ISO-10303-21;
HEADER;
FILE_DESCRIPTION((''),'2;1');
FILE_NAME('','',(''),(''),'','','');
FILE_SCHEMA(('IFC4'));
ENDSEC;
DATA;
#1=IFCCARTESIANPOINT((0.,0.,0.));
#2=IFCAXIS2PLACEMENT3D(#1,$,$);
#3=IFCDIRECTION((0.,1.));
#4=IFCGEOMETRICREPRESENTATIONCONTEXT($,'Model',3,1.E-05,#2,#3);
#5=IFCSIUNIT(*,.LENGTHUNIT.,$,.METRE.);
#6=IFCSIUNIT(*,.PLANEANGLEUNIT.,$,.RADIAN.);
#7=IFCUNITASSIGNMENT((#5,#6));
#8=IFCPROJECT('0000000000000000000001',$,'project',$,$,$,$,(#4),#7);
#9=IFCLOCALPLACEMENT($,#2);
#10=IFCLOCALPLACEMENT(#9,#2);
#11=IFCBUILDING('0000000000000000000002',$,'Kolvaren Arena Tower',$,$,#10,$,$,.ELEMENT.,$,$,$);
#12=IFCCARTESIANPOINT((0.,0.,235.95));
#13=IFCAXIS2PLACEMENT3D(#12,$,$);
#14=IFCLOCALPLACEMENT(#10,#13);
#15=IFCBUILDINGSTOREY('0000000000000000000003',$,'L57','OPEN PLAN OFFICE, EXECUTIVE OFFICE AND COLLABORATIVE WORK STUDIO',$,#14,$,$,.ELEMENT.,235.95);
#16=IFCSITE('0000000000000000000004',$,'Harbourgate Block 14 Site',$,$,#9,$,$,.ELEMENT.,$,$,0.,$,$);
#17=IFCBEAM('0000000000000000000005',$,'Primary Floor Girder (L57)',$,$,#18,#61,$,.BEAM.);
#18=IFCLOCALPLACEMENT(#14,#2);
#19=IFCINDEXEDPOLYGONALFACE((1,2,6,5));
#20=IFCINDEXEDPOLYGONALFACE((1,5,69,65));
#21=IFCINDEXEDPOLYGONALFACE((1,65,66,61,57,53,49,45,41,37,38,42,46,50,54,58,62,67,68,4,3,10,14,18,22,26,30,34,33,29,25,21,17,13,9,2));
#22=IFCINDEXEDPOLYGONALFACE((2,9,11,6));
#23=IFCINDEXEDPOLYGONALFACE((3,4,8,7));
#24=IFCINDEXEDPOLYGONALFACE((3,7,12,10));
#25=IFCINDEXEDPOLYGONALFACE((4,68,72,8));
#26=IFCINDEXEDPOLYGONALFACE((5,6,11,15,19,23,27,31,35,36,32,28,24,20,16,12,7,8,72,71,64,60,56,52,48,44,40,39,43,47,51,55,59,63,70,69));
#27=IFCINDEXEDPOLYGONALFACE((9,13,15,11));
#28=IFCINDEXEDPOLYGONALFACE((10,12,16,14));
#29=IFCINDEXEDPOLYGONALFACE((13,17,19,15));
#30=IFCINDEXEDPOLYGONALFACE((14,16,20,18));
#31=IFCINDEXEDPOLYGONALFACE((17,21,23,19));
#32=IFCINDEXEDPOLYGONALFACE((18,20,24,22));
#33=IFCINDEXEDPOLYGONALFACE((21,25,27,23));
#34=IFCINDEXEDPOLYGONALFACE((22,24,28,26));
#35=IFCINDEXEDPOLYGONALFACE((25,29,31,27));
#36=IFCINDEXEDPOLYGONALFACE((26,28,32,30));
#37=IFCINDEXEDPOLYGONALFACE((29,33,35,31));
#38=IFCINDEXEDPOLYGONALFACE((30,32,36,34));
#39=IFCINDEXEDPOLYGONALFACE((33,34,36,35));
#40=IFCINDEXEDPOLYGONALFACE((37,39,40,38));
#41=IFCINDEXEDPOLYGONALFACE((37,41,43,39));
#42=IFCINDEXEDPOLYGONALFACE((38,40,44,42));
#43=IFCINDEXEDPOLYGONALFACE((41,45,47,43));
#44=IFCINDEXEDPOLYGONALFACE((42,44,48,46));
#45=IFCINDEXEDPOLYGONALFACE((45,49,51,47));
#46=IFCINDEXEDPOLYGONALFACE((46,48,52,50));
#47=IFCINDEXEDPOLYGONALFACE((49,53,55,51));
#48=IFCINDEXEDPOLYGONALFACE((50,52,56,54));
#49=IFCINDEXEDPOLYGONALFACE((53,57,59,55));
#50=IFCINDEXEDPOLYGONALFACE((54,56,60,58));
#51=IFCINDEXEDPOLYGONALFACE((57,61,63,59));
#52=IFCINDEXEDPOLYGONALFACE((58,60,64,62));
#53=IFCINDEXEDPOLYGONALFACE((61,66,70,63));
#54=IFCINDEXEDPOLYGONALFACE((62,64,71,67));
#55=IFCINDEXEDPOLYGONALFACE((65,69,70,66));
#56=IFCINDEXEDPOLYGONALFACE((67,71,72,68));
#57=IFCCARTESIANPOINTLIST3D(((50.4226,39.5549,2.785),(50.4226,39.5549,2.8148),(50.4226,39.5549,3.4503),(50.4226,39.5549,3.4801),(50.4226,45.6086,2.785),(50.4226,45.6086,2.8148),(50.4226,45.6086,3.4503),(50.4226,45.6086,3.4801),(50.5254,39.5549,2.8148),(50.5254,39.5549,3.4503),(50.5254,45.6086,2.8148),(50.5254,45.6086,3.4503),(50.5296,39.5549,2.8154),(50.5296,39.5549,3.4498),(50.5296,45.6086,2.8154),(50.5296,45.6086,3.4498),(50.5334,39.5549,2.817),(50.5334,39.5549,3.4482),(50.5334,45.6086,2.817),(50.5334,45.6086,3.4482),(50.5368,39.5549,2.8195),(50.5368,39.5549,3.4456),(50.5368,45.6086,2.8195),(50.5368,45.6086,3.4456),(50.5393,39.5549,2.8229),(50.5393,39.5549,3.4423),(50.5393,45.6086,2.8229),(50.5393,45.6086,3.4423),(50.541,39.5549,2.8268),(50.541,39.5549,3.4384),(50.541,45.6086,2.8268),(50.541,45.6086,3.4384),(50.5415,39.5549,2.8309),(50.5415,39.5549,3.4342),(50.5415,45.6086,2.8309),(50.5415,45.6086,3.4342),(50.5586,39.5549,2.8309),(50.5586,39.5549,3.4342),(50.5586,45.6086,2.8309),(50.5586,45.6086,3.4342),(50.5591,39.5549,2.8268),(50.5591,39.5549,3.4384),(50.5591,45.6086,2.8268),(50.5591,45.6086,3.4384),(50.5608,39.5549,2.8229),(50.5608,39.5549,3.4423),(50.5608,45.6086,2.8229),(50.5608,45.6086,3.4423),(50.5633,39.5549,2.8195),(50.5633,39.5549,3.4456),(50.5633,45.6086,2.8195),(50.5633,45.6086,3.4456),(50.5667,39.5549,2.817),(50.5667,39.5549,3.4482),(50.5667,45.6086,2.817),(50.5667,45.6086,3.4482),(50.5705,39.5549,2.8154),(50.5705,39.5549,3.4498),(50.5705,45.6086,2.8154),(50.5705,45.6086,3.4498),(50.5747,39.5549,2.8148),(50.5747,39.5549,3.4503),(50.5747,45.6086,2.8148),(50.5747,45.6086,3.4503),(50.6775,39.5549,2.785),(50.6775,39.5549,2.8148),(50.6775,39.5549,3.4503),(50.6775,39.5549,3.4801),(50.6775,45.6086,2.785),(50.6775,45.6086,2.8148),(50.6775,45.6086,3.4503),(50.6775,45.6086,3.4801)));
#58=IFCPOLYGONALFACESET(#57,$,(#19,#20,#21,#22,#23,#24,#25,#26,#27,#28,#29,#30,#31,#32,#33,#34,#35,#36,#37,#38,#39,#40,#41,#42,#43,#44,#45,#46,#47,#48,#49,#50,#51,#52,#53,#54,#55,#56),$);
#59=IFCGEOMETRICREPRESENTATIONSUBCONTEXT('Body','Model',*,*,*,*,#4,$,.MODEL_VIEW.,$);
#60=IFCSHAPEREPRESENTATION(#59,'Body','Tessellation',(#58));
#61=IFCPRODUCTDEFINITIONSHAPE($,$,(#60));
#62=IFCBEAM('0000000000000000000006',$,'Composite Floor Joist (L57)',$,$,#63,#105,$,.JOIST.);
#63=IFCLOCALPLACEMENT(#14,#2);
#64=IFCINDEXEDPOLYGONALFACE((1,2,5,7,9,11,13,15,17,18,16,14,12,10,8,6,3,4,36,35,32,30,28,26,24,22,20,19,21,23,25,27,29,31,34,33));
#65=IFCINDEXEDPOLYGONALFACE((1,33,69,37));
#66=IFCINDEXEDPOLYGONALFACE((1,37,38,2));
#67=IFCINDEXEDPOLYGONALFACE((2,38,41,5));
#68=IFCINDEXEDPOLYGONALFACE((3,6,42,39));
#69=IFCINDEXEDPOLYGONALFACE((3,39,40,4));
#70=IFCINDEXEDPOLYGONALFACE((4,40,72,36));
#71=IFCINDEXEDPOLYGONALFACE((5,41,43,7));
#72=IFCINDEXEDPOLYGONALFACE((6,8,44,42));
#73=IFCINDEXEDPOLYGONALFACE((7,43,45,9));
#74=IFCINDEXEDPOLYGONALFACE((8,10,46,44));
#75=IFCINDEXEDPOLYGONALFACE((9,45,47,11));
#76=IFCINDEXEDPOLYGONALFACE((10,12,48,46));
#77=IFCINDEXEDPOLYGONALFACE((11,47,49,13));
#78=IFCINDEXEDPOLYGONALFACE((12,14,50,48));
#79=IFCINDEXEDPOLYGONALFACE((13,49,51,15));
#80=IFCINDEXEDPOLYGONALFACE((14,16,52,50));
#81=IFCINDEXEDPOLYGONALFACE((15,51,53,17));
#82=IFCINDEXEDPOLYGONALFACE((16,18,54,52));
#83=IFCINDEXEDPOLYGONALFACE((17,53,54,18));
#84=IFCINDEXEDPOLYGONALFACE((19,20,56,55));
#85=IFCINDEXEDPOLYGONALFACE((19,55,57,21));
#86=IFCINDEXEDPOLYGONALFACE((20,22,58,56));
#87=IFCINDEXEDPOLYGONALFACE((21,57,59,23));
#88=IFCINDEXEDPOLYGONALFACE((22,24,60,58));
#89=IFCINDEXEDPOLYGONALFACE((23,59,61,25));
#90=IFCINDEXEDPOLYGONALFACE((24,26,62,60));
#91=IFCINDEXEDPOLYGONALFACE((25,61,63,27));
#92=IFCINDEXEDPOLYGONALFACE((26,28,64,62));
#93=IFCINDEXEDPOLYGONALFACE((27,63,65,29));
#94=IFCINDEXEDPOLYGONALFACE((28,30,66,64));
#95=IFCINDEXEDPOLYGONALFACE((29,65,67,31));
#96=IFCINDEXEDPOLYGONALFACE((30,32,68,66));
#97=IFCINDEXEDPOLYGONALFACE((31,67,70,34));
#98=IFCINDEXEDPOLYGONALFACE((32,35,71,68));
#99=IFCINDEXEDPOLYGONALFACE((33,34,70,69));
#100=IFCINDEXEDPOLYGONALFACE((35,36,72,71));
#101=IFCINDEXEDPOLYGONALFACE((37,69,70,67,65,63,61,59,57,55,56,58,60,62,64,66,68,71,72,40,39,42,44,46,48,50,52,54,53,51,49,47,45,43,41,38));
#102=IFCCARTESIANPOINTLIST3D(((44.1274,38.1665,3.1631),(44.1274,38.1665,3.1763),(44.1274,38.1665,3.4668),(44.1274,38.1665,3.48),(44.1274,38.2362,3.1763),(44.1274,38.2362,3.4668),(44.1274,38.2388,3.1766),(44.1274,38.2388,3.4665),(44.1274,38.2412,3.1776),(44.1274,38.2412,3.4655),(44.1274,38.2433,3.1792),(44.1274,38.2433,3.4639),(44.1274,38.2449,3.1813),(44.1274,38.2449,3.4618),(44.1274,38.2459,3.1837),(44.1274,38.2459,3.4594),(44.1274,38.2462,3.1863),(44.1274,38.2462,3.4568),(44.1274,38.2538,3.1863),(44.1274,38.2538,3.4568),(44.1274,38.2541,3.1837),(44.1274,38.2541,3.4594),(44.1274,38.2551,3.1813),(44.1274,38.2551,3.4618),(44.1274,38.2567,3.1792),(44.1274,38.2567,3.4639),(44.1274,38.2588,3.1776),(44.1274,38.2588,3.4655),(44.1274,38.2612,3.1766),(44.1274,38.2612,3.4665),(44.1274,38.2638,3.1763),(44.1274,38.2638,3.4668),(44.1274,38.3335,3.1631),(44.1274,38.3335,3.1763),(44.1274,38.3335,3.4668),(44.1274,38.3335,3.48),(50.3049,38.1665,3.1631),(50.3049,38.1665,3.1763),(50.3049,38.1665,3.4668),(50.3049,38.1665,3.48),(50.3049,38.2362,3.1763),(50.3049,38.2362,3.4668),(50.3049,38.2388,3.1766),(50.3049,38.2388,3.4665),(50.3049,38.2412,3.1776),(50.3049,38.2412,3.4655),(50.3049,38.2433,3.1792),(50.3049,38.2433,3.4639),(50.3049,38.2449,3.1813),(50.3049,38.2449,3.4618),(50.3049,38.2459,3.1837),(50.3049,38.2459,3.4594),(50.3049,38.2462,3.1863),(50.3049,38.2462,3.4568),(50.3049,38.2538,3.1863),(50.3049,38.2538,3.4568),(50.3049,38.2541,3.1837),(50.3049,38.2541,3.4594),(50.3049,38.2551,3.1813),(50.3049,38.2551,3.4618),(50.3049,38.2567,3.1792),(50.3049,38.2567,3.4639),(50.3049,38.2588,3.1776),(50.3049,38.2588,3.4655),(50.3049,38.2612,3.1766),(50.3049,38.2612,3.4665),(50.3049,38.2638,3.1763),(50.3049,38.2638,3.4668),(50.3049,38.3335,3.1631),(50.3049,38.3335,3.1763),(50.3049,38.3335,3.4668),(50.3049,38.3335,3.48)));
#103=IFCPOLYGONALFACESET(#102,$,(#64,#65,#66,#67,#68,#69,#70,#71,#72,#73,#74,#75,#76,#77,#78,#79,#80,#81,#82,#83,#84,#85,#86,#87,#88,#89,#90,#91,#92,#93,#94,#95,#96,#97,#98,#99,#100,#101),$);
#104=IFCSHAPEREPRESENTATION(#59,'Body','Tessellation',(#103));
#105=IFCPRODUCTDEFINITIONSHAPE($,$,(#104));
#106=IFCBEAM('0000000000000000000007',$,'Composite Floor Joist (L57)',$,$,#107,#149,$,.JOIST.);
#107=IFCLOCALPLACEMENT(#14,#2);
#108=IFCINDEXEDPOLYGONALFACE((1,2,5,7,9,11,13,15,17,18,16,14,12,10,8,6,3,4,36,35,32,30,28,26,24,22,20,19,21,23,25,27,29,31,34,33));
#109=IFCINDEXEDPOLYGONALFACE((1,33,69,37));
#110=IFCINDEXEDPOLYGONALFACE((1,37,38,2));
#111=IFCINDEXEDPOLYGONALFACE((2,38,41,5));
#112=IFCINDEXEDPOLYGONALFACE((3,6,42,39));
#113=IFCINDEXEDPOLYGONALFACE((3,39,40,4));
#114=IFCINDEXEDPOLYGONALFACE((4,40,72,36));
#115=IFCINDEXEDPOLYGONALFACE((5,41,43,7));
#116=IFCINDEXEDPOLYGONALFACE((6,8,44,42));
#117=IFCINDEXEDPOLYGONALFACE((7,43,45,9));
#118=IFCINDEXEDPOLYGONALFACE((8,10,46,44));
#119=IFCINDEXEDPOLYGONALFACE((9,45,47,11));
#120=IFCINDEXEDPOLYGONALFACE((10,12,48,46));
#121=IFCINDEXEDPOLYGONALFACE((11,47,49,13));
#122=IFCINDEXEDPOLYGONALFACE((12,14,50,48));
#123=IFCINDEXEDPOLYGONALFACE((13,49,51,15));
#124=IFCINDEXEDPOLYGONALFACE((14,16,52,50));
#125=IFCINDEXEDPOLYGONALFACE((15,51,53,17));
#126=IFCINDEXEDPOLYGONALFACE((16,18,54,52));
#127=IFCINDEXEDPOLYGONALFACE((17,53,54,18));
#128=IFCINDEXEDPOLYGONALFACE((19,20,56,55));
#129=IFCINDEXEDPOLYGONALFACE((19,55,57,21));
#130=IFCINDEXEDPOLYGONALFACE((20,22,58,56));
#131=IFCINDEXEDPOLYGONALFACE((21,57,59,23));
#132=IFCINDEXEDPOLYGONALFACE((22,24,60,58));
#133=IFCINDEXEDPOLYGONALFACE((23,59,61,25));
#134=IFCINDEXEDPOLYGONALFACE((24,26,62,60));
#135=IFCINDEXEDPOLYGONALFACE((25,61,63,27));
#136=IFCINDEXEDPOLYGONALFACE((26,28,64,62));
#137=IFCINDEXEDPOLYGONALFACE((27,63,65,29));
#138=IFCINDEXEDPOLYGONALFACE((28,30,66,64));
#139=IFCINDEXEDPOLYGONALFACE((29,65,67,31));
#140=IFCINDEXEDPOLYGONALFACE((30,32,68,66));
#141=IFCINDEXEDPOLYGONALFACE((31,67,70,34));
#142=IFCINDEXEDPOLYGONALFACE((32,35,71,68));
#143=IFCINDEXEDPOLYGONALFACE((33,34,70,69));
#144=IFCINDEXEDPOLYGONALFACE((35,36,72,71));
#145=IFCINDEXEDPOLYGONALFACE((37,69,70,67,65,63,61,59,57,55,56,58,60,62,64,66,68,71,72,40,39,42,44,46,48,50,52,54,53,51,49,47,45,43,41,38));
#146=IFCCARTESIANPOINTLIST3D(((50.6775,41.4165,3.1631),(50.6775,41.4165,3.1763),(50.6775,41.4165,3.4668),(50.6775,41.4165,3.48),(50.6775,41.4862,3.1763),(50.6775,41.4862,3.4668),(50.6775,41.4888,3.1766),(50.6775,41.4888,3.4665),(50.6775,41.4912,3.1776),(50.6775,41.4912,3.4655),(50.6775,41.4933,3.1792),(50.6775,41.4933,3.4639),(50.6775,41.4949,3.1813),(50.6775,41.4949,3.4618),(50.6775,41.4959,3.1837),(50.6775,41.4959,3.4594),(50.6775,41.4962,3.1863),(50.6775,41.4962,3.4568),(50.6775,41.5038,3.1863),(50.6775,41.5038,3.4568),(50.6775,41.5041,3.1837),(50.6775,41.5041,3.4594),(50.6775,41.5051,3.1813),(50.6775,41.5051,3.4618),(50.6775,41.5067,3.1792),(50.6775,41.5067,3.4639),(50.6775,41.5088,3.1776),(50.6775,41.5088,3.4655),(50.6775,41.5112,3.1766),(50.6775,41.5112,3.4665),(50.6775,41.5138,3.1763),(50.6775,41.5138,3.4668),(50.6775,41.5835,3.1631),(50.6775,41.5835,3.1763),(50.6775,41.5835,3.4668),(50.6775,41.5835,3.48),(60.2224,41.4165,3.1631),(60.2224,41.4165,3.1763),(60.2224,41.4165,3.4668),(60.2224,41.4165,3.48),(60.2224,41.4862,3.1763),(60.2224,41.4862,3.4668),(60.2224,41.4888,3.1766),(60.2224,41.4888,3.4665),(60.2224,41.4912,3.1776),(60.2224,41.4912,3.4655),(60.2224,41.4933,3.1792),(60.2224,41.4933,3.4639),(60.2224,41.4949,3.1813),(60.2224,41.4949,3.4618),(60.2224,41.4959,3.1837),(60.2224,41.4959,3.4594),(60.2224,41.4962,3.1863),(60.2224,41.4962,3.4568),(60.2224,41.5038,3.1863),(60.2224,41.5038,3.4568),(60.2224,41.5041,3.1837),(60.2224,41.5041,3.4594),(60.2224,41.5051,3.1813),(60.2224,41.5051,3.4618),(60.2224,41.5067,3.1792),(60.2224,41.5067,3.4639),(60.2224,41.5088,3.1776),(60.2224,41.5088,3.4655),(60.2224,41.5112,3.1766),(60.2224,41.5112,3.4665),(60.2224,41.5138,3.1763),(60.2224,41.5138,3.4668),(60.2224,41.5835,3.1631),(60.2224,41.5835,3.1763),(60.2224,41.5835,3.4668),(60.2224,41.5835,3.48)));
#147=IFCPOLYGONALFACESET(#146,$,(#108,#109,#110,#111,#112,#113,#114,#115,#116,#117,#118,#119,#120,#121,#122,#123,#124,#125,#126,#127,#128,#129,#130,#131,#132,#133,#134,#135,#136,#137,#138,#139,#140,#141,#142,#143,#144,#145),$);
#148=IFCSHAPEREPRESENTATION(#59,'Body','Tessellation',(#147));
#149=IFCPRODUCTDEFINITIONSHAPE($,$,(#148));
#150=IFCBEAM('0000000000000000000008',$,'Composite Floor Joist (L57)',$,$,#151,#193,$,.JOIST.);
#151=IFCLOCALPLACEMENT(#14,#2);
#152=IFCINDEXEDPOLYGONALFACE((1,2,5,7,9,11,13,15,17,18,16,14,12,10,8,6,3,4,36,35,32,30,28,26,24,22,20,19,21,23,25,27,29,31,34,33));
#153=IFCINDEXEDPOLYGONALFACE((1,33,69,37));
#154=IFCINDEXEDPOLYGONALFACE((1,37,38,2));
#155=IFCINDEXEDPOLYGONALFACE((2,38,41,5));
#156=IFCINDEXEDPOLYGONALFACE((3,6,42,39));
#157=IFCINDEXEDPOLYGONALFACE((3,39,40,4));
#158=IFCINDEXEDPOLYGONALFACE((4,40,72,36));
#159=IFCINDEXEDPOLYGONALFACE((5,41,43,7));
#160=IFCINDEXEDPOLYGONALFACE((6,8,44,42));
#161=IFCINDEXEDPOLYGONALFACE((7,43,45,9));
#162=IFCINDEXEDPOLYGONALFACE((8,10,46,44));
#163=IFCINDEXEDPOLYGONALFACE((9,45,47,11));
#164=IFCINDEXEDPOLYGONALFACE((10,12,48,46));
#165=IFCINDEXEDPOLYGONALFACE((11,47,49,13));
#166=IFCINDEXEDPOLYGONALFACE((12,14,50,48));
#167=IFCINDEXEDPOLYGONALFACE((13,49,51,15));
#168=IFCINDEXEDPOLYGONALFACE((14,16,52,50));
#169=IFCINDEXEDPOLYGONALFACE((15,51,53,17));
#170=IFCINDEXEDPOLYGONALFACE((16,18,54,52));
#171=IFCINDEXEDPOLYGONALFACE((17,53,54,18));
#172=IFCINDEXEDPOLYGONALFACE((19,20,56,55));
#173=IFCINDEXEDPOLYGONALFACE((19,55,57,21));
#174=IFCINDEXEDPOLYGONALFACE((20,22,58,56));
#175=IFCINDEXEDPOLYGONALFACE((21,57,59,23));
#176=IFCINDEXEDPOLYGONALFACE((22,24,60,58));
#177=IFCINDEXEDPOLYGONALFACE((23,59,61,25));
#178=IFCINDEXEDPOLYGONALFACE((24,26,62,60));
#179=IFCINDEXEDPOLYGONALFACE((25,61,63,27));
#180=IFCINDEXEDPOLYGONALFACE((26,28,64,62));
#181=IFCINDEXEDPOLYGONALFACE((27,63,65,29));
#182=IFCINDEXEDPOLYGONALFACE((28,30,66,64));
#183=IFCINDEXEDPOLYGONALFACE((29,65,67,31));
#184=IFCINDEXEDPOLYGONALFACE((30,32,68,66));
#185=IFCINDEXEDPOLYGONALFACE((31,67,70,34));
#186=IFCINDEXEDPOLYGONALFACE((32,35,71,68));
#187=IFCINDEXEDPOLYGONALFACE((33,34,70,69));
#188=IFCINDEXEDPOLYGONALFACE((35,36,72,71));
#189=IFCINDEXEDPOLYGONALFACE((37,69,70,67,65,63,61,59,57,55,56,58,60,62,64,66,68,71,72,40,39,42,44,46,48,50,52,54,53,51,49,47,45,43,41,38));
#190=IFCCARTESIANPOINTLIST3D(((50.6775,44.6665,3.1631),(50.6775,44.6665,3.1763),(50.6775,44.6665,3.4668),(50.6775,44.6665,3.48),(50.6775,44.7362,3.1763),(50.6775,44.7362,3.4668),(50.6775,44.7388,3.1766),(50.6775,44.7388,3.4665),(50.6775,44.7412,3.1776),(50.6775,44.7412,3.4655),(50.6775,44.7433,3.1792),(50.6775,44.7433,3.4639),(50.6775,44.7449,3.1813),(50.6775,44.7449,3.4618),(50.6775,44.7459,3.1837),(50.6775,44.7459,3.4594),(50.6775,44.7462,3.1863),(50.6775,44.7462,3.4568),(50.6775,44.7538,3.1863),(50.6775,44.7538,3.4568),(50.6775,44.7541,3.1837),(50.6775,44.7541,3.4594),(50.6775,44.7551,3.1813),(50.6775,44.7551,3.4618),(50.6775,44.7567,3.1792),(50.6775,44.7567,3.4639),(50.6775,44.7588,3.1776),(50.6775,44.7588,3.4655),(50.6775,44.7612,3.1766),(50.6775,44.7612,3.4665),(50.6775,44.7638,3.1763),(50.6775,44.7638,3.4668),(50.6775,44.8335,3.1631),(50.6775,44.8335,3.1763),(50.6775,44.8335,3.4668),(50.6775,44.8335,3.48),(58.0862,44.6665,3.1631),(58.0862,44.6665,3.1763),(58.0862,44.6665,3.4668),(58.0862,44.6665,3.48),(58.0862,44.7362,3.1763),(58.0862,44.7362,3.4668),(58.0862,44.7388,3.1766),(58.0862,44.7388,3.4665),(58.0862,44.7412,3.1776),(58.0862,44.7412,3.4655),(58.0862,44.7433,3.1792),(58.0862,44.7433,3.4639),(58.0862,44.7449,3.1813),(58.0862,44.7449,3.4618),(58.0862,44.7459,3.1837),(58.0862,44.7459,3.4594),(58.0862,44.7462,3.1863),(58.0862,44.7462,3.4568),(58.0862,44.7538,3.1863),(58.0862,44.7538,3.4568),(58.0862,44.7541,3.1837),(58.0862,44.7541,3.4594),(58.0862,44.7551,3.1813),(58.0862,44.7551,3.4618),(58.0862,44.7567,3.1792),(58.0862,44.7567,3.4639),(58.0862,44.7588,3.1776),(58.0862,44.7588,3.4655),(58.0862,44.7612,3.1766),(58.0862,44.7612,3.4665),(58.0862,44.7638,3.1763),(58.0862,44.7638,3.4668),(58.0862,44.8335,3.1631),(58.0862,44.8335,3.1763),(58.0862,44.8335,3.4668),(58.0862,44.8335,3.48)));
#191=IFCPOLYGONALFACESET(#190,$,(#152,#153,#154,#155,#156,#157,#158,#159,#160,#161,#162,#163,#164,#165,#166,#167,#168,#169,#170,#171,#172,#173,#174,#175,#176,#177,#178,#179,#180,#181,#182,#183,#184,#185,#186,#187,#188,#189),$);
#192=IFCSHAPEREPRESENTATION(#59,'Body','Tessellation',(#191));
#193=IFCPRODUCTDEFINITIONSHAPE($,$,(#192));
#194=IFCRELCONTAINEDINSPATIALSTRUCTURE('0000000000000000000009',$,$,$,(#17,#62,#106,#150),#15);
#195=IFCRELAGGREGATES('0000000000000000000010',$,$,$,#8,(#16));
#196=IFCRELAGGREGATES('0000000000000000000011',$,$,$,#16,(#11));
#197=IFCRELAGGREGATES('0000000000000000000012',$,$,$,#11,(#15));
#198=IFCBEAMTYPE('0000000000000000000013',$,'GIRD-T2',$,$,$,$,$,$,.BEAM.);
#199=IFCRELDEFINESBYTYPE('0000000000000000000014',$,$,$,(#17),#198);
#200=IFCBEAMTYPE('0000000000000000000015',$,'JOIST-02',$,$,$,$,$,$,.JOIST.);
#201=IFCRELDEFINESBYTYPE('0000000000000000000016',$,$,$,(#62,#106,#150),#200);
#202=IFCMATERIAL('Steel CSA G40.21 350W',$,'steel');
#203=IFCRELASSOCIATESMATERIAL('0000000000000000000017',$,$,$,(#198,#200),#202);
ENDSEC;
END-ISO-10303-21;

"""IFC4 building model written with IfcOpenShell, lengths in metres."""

from ifc_helpers import new_model, si_unit, direction, frame, origin, origin_2d, place, context, subcontext, project, spatial, i_section, extrude, material, material_profile, profile_set, type_object, element, save


model = new_model("IFC4")

# Units and contexts
model_context = context("Model", 3, precision=1e-05, world=origin(), true_north=direction((0.0, 1.0)))
body_context = subcontext(model_context, "Body", "Model", "MODEL_VIEW")
ifc_project = project(units=[si_unit("LENGTHUNIT", "METRE"), si_unit("PLANEANGLEUNIT", "RADIAN")], contexts=[model_context])

# Site, building, storey
site_placement = place(None, origin())
site = spatial("IfcSite", under=ifc_project, at=site_placement, Name="Harbourgate Block 14 Site", CompositionType="ELEMENT", RefElevation=0.0)
building_placement = place(site_placement, origin())
building = spatial("IfcBuilding", under=site, at=building_placement, Name="Kolvaren Arena Tower", CompositionType="ELEMENT")
storey_placement = place(building_placement, frame((0.0, 0.0, 235.95)))
storey = spatial("IfcBuildingStorey", under=building, at=storey_placement, Name="L57", Description="OPEN PLAN OFFICE, EXECUTIVE OFFICE AND COLLABORATIVE WORK STUDIO", CompositionType="ELEMENT", Elevation=235.95)

# Beams
ifc_material_1 = material(Name="Steel CSA G40.21 350W", Category="steel")
ifc_material_profile_1 = material_profile(ifc_material_1, i_section(OverallWidth=0.2549, OverallDepth=0.6951, WebThickness=0.0171, FlangeThickness=0.0298, FilletRadius=0.0161, at=origin_2d()), Name="W690x217")
ifc_profile_set_1 = profile_set([ifc_material_profile_1], Name="Steel CSA G40.21 350W")
beam_type_1 = type_object("IfcBeamType", Name="GIRD-T2", PredefinedType="BEAM", material=ifc_profile_set_1)
beam_1_placement = place(storey_placement, frame((50.55, 39.5549, 3.1326), z_axis=(0.0, 1.0, 0.0), x_axis=(-1.0, 0.0, 0.0)))
element("IfcBeam", 1, at=beam_1_placement, inside=storey, type_object=beam_type_1, Name="Primary Floor Girder (L57)", PredefinedType="BEAM", context=body_context, shape_type="SweptSolid", body=[
    extrude(i_section(OverallWidth=0.2549, OverallDepth=0.6951, WebThickness=0.0171, FlangeThickness=0.0298, FilletRadius=0.0161, at=origin_2d()), origin(), (0.0, 0.0, 1.0), 6.0537),
])
ifc_material_profile_2 = material_profile(ifc_material_1, i_section(OverallWidth=0.167, OverallDepth=0.3169, WebThickness=0.0076, FlangeThickness=0.0132, FilletRadius=0.01, at=origin_2d()), Name="W310x52")
ifc_profile_set_2 = profile_set([ifc_material_profile_2], Name="Steel CSA G40.21 350W")
beam_type_2 = type_object("IfcBeamType", Name="JOIST-02", PredefinedType="JOIST", material=ifc_profile_set_2)
beam_2_placement = place(storey_placement, frame((44.1274, 38.25, 3.3215), z_axis=(1.0, 0.0, 0.0), x_axis=(0.0, 1.0, 0.0)))
element("IfcBeam", 2, at=beam_2_placement, inside=storey, type_object=beam_type_2, Name="Composite Floor Joist (L57)", PredefinedType="JOIST", context=body_context, shape_type="SweptSolid", body=[
    extrude(i_section(OverallWidth=0.167, OverallDepth=0.3169, WebThickness=0.0076, FlangeThickness=0.0132, FilletRadius=0.01, at=origin_2d()), origin(), (0.0, 0.0, 1.0), 6.1775),
])
beam_3_placement = place(storey_placement, frame((50.6775, 41.5, 3.3215), z_axis=(1.0, 0.0, 0.0), x_axis=(0.0, 1.0, 0.0)))
element("IfcBeam", 3, at=beam_3_placement, inside=storey, type_object=beam_type_2, Name="Composite Floor Joist (L57)", PredefinedType="JOIST", context=body_context, shape_type="SweptSolid", body=[
    extrude(i_section(OverallWidth=0.167, OverallDepth=0.3169, WebThickness=0.0076, FlangeThickness=0.0132, FilletRadius=0.01, at=origin_2d()), origin(), (0.0, 0.0, 1.0), 9.5449),
])
beam_4_placement = place(storey_placement, frame((50.6775, 44.75, 3.3215), z_axis=(1.0, 0.0, 0.0), x_axis=(0.0, 1.0, 0.0)))
element("IfcBeam", 4, at=beam_4_placement, inside=storey, type_object=beam_type_2, Name="Composite Floor Joist (L57)", PredefinedType="JOIST", context=body_context, shape_type="SweptSolid", body=[
    extrude(i_section(OverallWidth=0.167, OverallDepth=0.3169, WebThickness=0.0076, FlangeThickness=0.0132, FilletRadius=0.01, at=origin_2d()), origin(), (0.0, 0.0, 1.0), 7.4087),
])

save(model, "model.ifc")
